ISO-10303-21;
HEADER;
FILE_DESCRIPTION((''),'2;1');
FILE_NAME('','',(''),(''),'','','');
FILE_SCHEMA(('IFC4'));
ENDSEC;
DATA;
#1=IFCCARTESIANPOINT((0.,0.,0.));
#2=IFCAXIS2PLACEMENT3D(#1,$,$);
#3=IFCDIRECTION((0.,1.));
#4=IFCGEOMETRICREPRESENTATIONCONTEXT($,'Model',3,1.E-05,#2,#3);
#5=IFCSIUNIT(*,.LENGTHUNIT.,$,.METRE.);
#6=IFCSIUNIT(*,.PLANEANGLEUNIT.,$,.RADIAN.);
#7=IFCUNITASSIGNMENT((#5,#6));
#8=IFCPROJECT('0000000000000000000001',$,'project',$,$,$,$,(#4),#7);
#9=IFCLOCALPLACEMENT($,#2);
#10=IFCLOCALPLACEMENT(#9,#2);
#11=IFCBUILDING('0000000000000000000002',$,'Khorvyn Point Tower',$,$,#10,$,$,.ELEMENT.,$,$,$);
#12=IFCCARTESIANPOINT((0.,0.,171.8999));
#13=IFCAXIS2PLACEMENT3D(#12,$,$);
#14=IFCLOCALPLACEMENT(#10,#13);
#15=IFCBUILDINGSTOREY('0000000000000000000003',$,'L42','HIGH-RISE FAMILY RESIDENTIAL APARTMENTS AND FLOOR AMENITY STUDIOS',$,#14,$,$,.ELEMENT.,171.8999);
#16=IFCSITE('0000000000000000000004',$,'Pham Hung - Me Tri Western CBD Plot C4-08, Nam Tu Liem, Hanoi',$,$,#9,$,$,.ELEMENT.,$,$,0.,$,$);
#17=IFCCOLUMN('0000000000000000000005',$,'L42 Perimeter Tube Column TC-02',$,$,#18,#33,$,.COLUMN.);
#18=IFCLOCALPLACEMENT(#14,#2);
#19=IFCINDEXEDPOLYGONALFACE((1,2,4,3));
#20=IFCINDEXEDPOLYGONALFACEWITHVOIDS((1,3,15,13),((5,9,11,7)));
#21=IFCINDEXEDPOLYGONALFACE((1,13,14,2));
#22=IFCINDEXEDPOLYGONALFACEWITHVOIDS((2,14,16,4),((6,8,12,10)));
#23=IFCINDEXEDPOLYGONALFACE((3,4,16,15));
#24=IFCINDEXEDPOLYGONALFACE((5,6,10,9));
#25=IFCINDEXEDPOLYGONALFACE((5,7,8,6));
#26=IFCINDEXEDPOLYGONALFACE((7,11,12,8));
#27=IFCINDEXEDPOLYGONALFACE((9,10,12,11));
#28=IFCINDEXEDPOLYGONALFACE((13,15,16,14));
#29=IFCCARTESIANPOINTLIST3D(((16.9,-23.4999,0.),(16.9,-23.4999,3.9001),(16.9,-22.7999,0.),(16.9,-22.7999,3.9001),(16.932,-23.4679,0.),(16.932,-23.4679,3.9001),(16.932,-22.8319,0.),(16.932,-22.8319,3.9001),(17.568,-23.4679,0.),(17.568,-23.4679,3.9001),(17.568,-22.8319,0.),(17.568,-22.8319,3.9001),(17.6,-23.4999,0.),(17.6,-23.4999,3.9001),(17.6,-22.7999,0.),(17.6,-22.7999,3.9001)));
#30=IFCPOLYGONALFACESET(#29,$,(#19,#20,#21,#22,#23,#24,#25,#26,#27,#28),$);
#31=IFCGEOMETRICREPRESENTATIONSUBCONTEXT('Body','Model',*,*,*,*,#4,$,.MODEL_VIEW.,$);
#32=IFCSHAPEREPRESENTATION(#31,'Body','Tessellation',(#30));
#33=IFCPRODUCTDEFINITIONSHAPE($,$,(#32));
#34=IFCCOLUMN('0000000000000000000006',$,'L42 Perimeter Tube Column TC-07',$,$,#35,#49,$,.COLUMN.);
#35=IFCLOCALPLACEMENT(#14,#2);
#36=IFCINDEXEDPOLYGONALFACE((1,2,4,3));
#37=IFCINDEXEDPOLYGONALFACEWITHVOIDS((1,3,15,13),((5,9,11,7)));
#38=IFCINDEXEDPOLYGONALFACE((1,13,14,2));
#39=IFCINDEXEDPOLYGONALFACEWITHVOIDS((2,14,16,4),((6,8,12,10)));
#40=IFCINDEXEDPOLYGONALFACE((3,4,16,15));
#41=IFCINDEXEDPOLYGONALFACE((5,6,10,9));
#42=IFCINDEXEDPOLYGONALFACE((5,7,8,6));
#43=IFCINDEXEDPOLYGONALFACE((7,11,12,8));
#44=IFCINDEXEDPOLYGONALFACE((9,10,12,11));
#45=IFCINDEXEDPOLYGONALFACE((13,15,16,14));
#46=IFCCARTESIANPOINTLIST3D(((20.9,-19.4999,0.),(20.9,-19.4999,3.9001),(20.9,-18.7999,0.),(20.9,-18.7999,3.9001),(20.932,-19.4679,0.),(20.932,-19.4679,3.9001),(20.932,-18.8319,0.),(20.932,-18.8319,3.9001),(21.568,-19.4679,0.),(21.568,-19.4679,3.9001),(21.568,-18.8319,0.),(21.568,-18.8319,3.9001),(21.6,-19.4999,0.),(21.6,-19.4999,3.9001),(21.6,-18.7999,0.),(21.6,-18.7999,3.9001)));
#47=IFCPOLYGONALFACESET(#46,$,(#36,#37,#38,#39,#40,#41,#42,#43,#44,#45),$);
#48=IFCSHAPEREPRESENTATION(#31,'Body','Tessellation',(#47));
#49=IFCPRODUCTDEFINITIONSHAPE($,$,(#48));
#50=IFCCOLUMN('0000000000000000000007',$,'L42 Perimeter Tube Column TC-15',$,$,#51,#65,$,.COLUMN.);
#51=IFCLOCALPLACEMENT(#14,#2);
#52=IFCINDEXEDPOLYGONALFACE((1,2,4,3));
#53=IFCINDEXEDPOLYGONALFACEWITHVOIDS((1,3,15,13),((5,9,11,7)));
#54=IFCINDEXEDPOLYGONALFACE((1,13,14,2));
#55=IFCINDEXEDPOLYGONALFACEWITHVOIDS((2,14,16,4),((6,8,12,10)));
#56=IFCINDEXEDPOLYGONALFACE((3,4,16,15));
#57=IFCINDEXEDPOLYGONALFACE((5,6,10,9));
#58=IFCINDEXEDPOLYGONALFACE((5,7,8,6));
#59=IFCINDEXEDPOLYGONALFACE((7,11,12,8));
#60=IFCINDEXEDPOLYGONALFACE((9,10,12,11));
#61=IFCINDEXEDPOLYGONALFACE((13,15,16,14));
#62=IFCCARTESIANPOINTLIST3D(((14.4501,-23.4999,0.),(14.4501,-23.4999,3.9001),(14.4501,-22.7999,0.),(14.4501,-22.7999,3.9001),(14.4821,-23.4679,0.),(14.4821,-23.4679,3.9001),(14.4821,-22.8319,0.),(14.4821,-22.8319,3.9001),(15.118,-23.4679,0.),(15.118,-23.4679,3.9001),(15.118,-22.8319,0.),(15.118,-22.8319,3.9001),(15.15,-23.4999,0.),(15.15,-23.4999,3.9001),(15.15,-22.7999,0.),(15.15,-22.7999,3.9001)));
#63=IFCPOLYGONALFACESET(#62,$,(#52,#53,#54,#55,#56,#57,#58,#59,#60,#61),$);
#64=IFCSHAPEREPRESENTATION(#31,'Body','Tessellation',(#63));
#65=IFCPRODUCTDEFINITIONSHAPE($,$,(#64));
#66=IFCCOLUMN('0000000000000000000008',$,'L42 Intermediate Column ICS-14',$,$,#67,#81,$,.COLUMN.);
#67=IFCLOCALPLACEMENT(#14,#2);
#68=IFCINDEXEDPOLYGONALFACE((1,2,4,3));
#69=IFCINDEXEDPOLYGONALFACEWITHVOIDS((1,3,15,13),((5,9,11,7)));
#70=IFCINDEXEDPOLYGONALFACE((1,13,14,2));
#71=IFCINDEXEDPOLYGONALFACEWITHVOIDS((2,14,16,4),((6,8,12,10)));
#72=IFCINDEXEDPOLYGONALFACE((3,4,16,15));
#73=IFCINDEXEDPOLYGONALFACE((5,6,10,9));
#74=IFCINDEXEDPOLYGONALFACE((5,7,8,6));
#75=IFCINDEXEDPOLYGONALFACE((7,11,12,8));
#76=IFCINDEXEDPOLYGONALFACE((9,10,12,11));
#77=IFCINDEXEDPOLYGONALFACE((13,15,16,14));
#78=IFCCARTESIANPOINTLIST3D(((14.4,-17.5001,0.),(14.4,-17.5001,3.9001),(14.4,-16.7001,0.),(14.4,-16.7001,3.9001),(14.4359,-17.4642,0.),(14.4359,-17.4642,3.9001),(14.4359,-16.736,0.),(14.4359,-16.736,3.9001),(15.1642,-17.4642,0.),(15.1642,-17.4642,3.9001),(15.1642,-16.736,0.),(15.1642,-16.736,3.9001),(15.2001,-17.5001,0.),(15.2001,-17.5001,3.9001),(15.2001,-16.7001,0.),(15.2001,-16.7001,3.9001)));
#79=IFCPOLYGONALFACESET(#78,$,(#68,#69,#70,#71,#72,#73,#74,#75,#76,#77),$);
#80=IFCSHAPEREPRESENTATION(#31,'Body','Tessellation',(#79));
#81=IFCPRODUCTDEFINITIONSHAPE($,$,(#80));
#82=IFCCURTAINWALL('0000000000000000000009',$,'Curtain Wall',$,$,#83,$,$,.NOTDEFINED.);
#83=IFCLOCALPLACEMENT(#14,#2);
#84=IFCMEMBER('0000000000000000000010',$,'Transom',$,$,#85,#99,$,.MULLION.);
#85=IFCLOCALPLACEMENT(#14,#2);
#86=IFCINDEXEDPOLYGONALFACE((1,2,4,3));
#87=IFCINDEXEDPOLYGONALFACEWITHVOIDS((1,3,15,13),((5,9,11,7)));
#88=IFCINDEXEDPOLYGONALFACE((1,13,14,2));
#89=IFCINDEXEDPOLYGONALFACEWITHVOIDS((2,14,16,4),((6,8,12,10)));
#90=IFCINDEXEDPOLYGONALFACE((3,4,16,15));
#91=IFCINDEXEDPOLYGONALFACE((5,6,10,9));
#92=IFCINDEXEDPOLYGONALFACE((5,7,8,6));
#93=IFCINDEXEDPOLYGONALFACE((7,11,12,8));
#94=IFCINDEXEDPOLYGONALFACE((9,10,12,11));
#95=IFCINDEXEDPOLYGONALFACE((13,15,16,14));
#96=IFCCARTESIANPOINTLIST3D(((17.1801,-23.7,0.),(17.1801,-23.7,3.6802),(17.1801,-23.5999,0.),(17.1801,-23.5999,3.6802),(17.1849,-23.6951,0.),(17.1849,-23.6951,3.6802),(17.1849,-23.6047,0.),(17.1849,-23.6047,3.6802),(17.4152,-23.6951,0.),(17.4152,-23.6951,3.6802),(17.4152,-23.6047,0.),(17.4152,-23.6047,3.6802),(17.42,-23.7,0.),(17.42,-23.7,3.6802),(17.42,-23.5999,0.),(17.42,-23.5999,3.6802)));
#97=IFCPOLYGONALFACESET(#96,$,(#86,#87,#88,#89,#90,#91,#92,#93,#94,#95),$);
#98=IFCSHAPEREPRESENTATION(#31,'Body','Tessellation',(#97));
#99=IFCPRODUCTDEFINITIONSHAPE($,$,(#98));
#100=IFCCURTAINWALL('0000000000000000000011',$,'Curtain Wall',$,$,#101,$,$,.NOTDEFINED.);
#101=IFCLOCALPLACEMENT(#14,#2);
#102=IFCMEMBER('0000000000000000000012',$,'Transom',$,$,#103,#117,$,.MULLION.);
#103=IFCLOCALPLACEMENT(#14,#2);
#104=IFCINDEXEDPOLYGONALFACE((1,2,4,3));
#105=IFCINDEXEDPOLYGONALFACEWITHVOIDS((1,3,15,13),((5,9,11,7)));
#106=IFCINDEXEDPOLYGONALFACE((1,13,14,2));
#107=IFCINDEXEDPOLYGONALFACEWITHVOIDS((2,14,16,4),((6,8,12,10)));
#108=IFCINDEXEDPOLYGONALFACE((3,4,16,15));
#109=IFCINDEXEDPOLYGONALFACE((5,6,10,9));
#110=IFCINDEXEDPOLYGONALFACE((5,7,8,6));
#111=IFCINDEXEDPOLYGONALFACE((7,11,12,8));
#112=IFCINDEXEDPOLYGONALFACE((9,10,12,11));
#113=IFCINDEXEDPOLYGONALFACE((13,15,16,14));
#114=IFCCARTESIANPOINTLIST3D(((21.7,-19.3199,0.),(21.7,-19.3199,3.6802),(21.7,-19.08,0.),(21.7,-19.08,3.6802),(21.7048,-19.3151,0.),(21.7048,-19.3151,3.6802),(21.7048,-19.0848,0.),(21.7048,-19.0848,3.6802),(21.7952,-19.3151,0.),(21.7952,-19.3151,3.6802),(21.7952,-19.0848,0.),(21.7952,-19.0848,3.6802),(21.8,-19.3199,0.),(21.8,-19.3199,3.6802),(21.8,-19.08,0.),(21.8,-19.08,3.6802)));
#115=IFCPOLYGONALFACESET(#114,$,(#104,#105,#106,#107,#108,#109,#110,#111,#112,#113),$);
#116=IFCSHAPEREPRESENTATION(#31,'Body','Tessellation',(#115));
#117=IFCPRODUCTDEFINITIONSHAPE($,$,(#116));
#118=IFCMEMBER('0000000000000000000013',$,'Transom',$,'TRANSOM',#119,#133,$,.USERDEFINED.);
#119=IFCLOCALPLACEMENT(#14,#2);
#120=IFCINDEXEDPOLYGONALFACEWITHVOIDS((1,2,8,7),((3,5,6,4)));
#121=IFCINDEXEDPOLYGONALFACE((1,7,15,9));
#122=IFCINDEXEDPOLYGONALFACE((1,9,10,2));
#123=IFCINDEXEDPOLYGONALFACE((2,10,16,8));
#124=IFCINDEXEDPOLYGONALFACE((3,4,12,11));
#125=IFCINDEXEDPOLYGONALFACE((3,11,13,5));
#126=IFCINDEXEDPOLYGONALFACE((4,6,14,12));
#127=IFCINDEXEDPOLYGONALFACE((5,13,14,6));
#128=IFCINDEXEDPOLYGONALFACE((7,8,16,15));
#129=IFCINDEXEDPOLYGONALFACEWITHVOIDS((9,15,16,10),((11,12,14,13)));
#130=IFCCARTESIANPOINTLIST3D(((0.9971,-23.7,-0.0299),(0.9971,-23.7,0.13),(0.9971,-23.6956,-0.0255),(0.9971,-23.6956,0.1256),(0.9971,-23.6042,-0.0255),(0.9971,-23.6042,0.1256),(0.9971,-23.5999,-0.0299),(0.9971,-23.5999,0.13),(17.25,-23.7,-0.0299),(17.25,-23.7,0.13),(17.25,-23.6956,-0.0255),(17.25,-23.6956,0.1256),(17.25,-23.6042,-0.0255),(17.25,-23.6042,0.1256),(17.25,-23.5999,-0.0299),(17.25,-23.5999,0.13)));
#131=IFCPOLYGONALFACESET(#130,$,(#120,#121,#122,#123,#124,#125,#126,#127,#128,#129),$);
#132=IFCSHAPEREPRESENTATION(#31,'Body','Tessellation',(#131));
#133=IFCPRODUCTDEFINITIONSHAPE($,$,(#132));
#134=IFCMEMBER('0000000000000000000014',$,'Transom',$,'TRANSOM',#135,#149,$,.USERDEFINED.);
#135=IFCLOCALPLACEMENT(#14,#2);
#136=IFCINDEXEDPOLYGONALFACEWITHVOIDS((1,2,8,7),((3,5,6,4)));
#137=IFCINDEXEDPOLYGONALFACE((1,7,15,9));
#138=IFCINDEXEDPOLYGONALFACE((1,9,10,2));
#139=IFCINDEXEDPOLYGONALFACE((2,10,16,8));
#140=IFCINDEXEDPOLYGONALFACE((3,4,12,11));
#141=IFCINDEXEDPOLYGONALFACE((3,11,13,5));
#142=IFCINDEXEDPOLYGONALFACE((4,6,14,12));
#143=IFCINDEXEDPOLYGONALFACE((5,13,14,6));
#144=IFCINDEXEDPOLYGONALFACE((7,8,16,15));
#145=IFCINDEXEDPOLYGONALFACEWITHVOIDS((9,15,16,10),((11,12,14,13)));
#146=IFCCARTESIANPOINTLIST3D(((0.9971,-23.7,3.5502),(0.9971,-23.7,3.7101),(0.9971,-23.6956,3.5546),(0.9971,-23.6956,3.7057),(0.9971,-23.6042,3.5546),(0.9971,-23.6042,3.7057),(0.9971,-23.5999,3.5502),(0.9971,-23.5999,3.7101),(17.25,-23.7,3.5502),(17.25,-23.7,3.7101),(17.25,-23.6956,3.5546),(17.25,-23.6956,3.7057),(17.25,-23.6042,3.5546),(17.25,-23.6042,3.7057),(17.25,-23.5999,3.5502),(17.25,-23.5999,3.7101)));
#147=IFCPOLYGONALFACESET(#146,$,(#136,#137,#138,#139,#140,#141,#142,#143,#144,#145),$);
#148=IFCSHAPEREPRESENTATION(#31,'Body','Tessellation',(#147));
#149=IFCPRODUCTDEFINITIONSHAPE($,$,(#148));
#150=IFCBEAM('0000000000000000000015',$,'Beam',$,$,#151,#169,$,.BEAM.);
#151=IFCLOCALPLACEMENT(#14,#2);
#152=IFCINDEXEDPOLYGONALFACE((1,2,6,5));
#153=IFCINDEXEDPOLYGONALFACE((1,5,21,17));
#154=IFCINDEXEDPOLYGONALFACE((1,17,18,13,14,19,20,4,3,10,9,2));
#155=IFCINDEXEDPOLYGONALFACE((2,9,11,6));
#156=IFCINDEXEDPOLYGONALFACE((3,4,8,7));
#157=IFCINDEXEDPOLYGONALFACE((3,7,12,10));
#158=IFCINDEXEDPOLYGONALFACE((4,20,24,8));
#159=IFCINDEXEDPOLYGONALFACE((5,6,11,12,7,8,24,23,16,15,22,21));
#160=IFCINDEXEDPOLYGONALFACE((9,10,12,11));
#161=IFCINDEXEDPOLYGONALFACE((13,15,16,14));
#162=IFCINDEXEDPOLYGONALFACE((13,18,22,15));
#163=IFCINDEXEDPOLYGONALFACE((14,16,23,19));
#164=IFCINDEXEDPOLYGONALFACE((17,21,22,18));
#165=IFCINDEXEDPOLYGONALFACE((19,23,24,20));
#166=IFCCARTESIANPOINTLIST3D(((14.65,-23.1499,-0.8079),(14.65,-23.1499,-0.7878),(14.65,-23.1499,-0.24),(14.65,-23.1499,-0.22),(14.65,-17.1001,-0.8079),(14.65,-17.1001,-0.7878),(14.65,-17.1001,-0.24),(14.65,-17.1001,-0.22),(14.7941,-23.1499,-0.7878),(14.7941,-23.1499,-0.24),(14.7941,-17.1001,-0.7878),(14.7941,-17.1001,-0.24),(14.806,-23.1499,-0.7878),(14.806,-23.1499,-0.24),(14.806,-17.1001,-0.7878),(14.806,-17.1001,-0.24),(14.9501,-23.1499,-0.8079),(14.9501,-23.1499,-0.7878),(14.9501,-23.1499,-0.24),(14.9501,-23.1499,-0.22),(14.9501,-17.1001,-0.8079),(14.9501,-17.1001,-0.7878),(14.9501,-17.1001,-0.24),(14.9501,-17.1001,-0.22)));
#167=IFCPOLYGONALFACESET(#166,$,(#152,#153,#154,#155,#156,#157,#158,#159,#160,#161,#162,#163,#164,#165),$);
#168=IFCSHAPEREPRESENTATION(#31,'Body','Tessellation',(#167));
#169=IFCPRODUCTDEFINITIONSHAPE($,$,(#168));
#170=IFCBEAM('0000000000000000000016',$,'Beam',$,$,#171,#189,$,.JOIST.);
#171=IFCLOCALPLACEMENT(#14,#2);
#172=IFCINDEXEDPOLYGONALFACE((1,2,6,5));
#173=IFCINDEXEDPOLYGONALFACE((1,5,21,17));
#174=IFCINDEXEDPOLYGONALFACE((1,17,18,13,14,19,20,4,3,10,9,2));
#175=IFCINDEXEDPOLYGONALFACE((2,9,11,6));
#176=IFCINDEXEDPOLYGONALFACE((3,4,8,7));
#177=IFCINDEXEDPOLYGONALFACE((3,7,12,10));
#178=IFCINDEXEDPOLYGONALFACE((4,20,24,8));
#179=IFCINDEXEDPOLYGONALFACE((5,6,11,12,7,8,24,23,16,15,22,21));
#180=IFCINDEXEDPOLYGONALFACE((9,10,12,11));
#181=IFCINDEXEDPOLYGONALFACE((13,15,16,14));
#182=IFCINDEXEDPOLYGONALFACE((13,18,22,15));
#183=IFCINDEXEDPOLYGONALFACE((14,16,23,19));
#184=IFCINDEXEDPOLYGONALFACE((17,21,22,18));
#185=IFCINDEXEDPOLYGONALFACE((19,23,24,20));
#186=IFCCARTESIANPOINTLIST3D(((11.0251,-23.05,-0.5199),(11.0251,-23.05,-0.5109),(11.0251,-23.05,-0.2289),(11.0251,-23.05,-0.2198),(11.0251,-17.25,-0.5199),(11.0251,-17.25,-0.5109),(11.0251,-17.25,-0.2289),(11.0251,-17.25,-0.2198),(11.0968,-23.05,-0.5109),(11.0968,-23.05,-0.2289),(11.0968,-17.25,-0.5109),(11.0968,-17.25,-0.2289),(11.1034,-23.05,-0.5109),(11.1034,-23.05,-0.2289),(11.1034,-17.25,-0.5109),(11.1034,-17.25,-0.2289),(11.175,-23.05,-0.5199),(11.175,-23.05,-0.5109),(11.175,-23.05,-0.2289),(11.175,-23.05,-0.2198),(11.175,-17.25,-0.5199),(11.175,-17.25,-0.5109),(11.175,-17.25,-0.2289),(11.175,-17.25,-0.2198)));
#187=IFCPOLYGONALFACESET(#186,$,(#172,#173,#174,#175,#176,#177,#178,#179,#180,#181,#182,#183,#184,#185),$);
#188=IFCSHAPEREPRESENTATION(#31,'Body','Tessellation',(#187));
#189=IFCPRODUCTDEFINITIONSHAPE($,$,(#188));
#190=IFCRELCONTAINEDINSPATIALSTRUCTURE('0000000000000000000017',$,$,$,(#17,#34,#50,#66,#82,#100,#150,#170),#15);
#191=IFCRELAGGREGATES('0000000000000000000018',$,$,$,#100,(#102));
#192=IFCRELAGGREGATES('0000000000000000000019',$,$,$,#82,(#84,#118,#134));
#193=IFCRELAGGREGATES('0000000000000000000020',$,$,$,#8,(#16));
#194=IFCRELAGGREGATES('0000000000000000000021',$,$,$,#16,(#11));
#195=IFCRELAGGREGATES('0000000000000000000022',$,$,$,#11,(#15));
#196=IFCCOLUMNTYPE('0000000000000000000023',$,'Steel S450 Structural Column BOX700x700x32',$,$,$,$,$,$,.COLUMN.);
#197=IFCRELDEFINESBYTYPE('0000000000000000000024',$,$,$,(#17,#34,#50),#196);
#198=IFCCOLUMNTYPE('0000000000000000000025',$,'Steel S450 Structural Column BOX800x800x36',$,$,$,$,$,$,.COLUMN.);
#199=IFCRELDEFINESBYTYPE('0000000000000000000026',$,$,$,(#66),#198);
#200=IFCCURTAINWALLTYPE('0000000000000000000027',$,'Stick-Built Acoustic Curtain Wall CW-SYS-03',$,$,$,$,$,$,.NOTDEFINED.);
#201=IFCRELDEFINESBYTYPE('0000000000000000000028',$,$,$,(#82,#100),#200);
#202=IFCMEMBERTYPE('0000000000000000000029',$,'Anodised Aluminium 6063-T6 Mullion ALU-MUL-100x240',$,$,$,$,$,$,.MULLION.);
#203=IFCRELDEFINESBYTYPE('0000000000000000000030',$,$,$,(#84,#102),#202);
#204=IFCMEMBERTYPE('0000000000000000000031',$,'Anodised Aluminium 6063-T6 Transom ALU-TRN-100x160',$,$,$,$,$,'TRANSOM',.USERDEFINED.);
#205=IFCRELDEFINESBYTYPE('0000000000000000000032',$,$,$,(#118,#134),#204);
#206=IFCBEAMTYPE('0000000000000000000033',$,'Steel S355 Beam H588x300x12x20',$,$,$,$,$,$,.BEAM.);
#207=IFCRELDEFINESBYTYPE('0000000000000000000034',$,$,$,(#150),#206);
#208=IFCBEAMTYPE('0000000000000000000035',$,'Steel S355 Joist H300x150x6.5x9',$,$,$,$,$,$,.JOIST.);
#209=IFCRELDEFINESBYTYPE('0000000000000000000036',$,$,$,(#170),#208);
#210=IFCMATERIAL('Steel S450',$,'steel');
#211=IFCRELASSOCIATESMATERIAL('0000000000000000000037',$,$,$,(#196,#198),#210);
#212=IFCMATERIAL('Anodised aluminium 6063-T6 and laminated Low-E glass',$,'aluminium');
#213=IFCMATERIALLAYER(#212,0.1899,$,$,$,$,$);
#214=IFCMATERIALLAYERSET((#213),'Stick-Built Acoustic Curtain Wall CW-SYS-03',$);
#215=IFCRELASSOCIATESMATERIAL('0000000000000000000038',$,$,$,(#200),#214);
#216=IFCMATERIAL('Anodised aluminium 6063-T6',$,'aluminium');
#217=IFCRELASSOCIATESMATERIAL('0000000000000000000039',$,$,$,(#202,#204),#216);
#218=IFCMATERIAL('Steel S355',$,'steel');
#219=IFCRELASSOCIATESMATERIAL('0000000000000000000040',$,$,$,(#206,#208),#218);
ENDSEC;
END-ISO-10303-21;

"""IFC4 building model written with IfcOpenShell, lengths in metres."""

from ifc_helpers import new_model, si_unit, direction, frame, origin, origin_2d, place, context, subcontext, project, spatial, hollow_rectangle, i_section, extrude, material, layer, layer_set, material_profile, profile_set, type_object, element, aggregate, save


model = new_model("IFC4")

# Units and contexts
model_context = context("Model", 3, precision=1e-05, world=origin(), true_north=direction((0.0, 1.0)))
body_context = subcontext(model_context, "Body", "Model", "MODEL_VIEW")
ifc_project = project(units=[si_unit("LENGTHUNIT", "METRE"), si_unit("PLANEANGLEUNIT", "RADIAN")], contexts=[model_context])

# Site, building, storey
site_placement = place(None, origin())
site = spatial("IfcSite", under=ifc_project, at=site_placement, Name="Pham Hung - Me Tri Western CBD Plot C4-08, Nam Tu Liem, Hanoi", CompositionType="ELEMENT", RefElevation=0.0)
building_placement = place(site_placement, origin())
building = spatial("IfcBuilding", under=site, at=building_placement, Name="Khorvyn Point Tower", CompositionType="ELEMENT")
storey_placement = place(building_placement, frame((0.0, 0.0, 171.8999)))
storey = spatial("IfcBuildingStorey", under=building, at=storey_placement, Name="L42", Description="HIGH-RISE FAMILY RESIDENTIAL APARTMENTS AND FLOOR AMENITY STUDIOS", CompositionType="ELEMENT", Elevation=171.8999)

# Columns
ifc_material_1 = material(Name="Steel S450", Category="steel")
ifc_material_profile_1 = material_profile(ifc_material_1, hollow_rectangle(XDim=0.7, YDim=0.7, WallThickness=0.032, at=origin_2d()))
ifc_profile_set_1 = profile_set([ifc_material_profile_1], Name="Steel S450 BOX700x700x32")
column_type_1 = type_object("IfcColumnType", Name="Steel S450 Structural Column BOX700x700x32", PredefinedType="COLUMN", material=ifc_profile_set_1)
for number, where, z_axis, x_axis, name in (
    (1, (17.25, -23.1499, 0.0), (0.0, 0.0, 1.0), (1.0, 0.0, 0.0), "L42 Perimeter Tube Column TC-02"),
    (2, (21.25, -19.1499, 0.0), (0.0, 0.0, 1.0), (1.0, 0.0, 0.0), "L42 Perimeter Tube Column TC-07"),
    (3, (14.8, -23.1499, 0.0), (0.0, 0.0, 1.0), (1.0, 0.0, 0.0), "L42 Perimeter Tube Column TC-15"),
):
    element("IfcColumn", number, at=place(storey_placement, frame(where, z_axis=z_axis, x_axis=x_axis)), inside=storey, type_object=column_type_1, Name=name, PredefinedType="COLUMN", context=body_context, shape_type="SweptSolid", body=[
        extrude(hollow_rectangle(XDim=0.7, YDim=0.7, WallThickness=0.032, at=origin_2d()), origin(), (0.0, 0.0, 1.0), 3.9001),
    ])
ifc_material_profile_2 = material_profile(ifc_material_1, hollow_rectangle(XDim=0.8, YDim=0.8, WallThickness=0.0359, at=origin_2d()))
ifc_profile_set_2 = profile_set([ifc_material_profile_2], Name="Steel S450 BOX800x800x36")
column_type_2 = type_object("IfcColumnType", Name="Steel S450 Structural Column BOX800x800x36", PredefinedType="COLUMN", material=ifc_profile_set_2)
column_placement = place(storey_placement, frame((14.8, -17.1001, 0.0), z_axis=(0.0, 0.0, 1.0), x_axis=(1.0, 0.0, 0.0)))
element("IfcColumn", 4, at=column_placement, inside=storey, type_object=column_type_2, Name="L42 Intermediate Column ICS-14", PredefinedType="COLUMN", context=body_context, shape_type="SweptSolid", body=[
    extrude(hollow_rectangle(XDim=0.8, YDim=0.8, WallThickness=0.0359, at=origin_2d()), origin(), (0.0, 0.0, 1.0), 3.9001),
])

# Curtain walls, members
ifc_material_2 = material(Name="Anodised aluminium 6063-T6 and laminated Low-E glass", Category="aluminium")
ifc_layer_1 = layer(ifc_material_2, 0.1899)
ifc_layer_set_1 = layer_set([ifc_layer_1], Name="Stick-Built Acoustic Curtain Wall CW-SYS-03")
curtain_wall_type = type_object("IfcCurtainWallType", Name="Stick-Built Acoustic Curtain Wall CW-SYS-03", PredefinedType="NOTDEFINED", material=ifc_layer_set_1)
curtain_wall_1_placement = place(storey_placement, origin())
curtain_wall_1 = element("IfcCurtainWall", 5, at=curtain_wall_1_placement, inside=storey, type_object=curtain_wall_type, Name="Curtain Wall", PredefinedType="NOTDEFINED")
ifc_material_3 = material(Name="Anodised aluminium 6063-T6", Category="aluminium")
ifc_material_profile_3 = material_profile(ifc_material_3, hollow_rectangle(XDim=0.1001, YDim=0.24, WallThickness=0.0049, at=origin_2d()))
ifc_profile_set_3 = profile_set([ifc_material_profile_3], Name="Anodised aluminium 6063-T6 ALU-MUL-100x240")
member_type_1 = type_object("IfcMemberType", Name="Anodised Aluminium 6063-T6 Mullion ALU-MUL-100x240", PredefinedType="MULLION", material=ifc_profile_set_3)
member_1_placement = place(storey_placement, frame((17.3, -23.6499, 0.0), z_axis=(0.0, 0.0, 1.0), x_axis=(0.0, -1.0, 0.0)))
member_1 = element("IfcMember", 6, at=member_1_placement, type_object=member_type_1, Name="Transom", PredefinedType="MULLION", context=body_context, shape_type="SweptSolid", body=[
    extrude(hollow_rectangle(XDim=0.1001, YDim=0.24, WallThickness=0.0049, at=origin_2d()), origin(), (0.0, 0.0, 1.0), 3.6802),
])
curtain_wall_2_placement = place(storey_placement, origin())
curtain_wall_2 = element("IfcCurtainWall", 7, at=curtain_wall_2_placement, inside=storey, type_object=curtain_wall_type, Name="Curtain Wall", PredefinedType="NOTDEFINED")
member_2_placement = place(storey_placement, frame((21.75, -19.2, 0.0), z_axis=(0.0, 0.0, 1.0), x_axis=(1.0, 0.0, 0.0)))
member_2 = element("IfcMember", 8, at=member_2_placement, type_object=member_type_1, Name="Transom", PredefinedType="MULLION", context=body_context, shape_type="SweptSolid", body=[
    extrude(hollow_rectangle(XDim=0.1001, YDim=0.24, WallThickness=0.0049, at=origin_2d()), origin(), (0.0, 0.0, 1.0), 3.6802),
])
aggregate(curtain_wall_2, [member_2])

# Members
ifc_material_profile_4 = material_profile(ifc_material_3, hollow_rectangle(XDim=0.1001, YDim=0.1599, WallThickness=0.0044, at=origin_2d()))
ifc_profile_set_4 = profile_set([ifc_material_profile_4], Name="Anodised aluminium 6063-T6 ALU-TRN-100x160")
member_type_2 = type_object("IfcMemberType", Name="Anodised Aluminium 6063-T6 Transom ALU-TRN-100x160", ElementType="TRANSOM", PredefinedType="USERDEFINED", material=ifc_profile_set_4)
member_3_placement = place(storey_placement, frame((17.25, -23.6499, 0.05), z_axis=(-1.0, 0.0, 0.0), x_axis=(0.0, -1.0, 0.0)))
member_3 = element("IfcMember", 9, at=member_3_placement, type_object=member_type_2, Name="Transom", ObjectType="TRANSOM", PredefinedType="USERDEFINED", context=body_context, shape_type="SweptSolid", body=[
    extrude(hollow_rectangle(XDim=0.1001, YDim=0.1599, WallThickness=0.0044, at=origin_2d()), origin(), (0.0, 0.0, 1.0), 16.2529),
])
member_4_placement = place(storey_placement, frame((17.25, -23.6499, 3.6301), z_axis=(-1.0, 0.0, 0.0), x_axis=(0.0, -1.0, 0.0)))
member_4 = element("IfcMember", 10, at=member_4_placement, type_object=member_type_2, Name="Transom", ObjectType="TRANSOM", PredefinedType="USERDEFINED", context=body_context, shape_type="SweptSolid", body=[
    extrude(hollow_rectangle(XDim=0.1001, YDim=0.1599, WallThickness=0.0044, at=origin_2d()), origin(), (0.0, 0.0, 1.0), 16.2529),
])

# Beams
ifc_material_4 = material(Name="Steel S355", Category="steel")
ifc_material_profile_5 = material_profile(ifc_material_4, i_section(OverallWidth=0.3, OverallDepth=0.5879, WebThickness=0.012, FlangeThickness=0.02, at=origin_2d()))
ifc_profile_set_5 = profile_set([ifc_material_profile_5], Name="Steel S355 H588x300x12x20")
beam_type_1 = type_object("IfcBeamType", Name="Steel S355 Beam H588x300x12x20", PredefinedType="BEAM", material=ifc_profile_set_5)
beam_1_placement = place(storey_placement, frame((14.8, -23.1499, -0.5139), z_axis=(0.0, 1.0, 0.0), x_axis=(-1.0, 0.0, 0.0)))
element("IfcBeam", 11, at=beam_1_placement, inside=storey, type_object=beam_type_1, Name="Beam", PredefinedType="BEAM", context=body_context, shape_type="SweptSolid", body=[
    extrude(i_section(OverallWidth=0.3, OverallDepth=0.5879, WebThickness=0.012, FlangeThickness=0.02, at=origin_2d()), origin(), (0.0, 0.0, 1.0), 6.0498),
])
ifc_material_profile_6 = material_profile(ifc_material_4, i_section(OverallWidth=0.1499, OverallDepth=0.3, WebThickness=0.0066, FlangeThickness=0.009, at=origin_2d()))
ifc_profile_set_6 = profile_set([ifc_material_profile_6], Name="Steel S355 H300x150x6.5x9")
beam_type_2 = type_object("IfcBeamType", Name="Steel S355 Joist H300x150x6.5x9", PredefinedType="JOIST", material=ifc_profile_set_6)
beam_2_placement = place(storey_placement, frame((11.1001, -23.05, -0.3699), z_axis=(0.0, 1.0, 0.0), x_axis=(-1.0, 0.0, 0.0)))
element("IfcBeam", 12, at=beam_2_placement, inside=storey, type_object=beam_type_2, Name="Beam", PredefinedType="JOIST", context=body_context, shape_type="SweptSolid", body=[
    extrude(i_section(OverallWidth=0.1499, OverallDepth=0.3, WebThickness=0.0066, FlangeThickness=0.009, at=origin_2d()), origin(), (0.0, 0.0, 1.0), 5.8),
])

aggregate(curtain_wall_1, [member_1, member_3, member_4])

save(model, "model.ifc")
